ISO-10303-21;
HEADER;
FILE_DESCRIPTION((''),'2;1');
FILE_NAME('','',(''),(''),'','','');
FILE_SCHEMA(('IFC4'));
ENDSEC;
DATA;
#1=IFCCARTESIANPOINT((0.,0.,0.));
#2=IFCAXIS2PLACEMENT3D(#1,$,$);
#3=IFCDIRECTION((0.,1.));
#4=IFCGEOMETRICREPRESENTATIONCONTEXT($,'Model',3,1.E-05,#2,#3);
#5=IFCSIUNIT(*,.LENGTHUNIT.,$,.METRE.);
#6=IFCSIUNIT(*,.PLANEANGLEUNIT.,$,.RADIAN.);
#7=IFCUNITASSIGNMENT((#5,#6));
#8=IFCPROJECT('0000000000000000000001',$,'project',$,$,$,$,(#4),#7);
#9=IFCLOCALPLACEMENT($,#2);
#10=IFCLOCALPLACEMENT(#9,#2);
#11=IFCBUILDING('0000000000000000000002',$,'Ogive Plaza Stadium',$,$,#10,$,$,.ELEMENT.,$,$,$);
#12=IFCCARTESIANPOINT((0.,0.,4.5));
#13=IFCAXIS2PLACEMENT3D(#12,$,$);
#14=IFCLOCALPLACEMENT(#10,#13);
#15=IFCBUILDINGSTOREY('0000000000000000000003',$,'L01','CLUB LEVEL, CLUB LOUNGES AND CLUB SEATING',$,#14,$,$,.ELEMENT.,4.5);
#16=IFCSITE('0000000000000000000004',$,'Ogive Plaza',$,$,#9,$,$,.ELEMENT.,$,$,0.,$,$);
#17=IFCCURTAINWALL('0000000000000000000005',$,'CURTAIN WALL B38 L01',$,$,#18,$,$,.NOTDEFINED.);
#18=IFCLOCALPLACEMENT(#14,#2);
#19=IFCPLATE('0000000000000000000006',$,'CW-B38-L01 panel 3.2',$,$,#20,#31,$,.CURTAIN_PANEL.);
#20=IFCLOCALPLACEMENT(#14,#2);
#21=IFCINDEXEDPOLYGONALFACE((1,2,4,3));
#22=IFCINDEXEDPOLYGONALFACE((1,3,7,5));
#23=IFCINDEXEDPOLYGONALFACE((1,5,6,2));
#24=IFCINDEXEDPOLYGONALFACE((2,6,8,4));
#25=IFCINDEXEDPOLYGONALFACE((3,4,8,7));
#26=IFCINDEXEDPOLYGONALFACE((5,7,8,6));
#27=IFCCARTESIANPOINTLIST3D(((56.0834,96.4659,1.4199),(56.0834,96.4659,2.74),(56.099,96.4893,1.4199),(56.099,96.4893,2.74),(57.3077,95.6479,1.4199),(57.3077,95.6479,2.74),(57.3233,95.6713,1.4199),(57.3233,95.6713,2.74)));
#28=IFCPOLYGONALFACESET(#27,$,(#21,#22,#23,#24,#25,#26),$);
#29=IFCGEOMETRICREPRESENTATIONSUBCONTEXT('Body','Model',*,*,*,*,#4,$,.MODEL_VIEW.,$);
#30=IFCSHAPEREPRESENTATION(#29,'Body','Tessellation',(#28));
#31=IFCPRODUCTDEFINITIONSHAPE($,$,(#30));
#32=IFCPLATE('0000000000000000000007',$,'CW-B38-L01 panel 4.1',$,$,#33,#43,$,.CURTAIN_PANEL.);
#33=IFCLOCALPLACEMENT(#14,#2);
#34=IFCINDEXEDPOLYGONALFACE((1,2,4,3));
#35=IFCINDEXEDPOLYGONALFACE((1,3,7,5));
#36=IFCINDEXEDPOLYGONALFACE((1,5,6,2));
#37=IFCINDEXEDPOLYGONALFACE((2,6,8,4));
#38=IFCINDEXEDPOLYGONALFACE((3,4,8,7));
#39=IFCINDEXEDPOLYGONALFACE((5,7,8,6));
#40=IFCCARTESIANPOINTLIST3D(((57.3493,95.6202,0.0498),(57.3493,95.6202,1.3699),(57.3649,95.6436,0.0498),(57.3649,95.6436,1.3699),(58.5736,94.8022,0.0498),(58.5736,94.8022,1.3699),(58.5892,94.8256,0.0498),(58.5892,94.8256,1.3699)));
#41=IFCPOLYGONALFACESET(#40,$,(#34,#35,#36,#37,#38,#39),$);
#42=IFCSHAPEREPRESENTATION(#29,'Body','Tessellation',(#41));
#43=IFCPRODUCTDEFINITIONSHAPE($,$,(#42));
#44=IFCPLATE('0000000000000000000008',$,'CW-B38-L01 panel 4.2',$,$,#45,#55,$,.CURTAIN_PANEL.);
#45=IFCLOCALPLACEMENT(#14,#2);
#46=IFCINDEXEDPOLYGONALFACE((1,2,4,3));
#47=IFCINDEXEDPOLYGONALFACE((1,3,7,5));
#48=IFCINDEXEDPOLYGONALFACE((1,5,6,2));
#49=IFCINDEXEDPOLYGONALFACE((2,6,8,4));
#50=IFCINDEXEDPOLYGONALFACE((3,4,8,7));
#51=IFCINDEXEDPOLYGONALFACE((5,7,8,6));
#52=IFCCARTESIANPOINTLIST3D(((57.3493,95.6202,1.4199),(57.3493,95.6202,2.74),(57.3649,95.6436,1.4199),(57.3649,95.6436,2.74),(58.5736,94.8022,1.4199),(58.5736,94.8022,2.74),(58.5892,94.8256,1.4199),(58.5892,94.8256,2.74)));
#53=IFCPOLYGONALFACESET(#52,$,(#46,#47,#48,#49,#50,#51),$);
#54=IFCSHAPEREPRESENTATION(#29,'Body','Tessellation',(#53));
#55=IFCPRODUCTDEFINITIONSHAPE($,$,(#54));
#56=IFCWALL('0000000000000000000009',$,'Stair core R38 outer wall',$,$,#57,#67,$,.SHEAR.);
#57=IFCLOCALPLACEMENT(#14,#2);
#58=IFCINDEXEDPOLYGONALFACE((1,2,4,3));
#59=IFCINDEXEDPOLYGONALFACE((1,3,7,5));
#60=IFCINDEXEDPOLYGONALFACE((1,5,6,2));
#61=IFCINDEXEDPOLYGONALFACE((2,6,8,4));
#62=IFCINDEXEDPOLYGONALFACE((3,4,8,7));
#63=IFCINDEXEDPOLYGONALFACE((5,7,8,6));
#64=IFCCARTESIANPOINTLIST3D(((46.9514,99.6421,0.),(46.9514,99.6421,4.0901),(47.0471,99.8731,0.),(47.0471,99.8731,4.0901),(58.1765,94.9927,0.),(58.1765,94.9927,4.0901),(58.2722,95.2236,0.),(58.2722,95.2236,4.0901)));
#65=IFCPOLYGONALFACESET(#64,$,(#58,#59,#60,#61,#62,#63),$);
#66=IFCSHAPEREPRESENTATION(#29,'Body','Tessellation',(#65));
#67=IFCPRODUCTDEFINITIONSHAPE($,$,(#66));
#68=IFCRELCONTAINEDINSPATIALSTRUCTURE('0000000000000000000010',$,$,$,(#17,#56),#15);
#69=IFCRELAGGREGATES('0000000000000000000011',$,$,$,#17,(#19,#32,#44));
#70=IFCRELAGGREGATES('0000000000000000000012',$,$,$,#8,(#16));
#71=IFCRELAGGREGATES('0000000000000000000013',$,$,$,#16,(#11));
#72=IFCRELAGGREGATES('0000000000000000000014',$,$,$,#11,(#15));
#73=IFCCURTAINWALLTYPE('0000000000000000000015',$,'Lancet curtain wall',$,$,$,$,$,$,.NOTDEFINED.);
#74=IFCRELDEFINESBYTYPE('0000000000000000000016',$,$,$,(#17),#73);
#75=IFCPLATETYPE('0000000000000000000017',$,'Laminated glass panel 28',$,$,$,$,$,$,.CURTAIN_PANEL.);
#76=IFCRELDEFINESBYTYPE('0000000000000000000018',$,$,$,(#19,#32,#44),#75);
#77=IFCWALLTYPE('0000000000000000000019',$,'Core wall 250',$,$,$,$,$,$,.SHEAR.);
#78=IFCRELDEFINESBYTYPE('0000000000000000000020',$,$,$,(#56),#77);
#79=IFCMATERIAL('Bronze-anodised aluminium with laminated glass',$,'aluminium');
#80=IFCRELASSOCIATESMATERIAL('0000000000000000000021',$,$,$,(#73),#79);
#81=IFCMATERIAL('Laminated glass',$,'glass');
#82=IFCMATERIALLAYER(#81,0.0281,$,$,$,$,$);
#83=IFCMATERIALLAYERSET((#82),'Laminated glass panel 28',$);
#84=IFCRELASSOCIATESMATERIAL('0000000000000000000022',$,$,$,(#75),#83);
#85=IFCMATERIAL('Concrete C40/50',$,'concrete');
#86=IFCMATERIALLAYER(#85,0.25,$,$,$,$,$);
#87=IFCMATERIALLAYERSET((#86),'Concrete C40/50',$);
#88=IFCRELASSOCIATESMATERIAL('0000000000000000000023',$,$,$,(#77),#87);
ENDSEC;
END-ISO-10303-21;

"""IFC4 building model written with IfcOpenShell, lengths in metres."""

from ifc_helpers import new_model, si_unit, direction, frame, frame_2d, origin, origin_2d, place, context, subcontext, project, spatial, rectangle, extrude, material, layer, layer_set, type_object, element, aggregate, save


model = new_model("IFC4")

# Units and contexts
model_context = context("Model", 3, precision=1e-05, world=origin(), true_north=direction((0.0, 1.0)))
body_context = subcontext(model_context, "Body", "Model", "MODEL_VIEW")
ifc_project = project(units=[si_unit("LENGTHUNIT", "METRE"), si_unit("PLANEANGLEUNIT", "RADIAN")], contexts=[model_context])

# Site, building, storey
site_placement = place(None, origin())
site = spatial("IfcSite", under=ifc_project, at=site_placement, Name="Ogive Plaza", CompositionType="ELEMENT", RefElevation=0.0)
building_placement = place(site_placement, origin())
building = spatial("IfcBuilding", under=site, at=building_placement, Name="Ogive Plaza Stadium", CompositionType="ELEMENT")
storey_placement = place(building_placement, frame((0.0, 0.0, 4.5)))
storey = spatial("IfcBuildingStorey", under=building, at=storey_placement, Name="L01", Description="CLUB LEVEL, CLUB LOUNGES AND CLUB SEATING", CompositionType="ELEMENT", Elevation=4.5)

# Shared definitions
ifc_material_1 = material(Name="Bronze-anodised aluminium with laminated glass", Category="aluminium")
curtain_wall_type = type_object("IfcCurtainWallType", Name="Lancet curtain wall", PredefinedType="NOTDEFINED", material=ifc_material_1)

# Curtain wall
curtain_wall_1_placement = place(storey_placement, origin())
curtain_wall_1 = element("IfcCurtainWall", 1, at=curtain_wall_1_placement, inside=storey, type_object=curtain_wall_type, Name="CURTAIN WALL B38 L01", PredefinedType="NOTDEFINED")

# Plates
ifc_material_2 = material(Name="Laminated glass", Category="glass")
ifc_layer_1 = layer(ifc_material_2, 0.0281)
ifc_layer_set_1 = layer_set([ifc_layer_1], Name="Laminated glass panel 28")
plate_type = type_object("IfcPlateType", Name="Laminated glass panel 28", PredefinedType="CURTAIN_PANEL", material=ifc_layer_set_1)
plate_1_placement = place(storey_placement, frame((56.7034, 96.0686, 1.4199), z_axis=(0.0, 0.0, 1.0), x_axis=(0.83147, -0.55557, 0.0)))
plate_1 = element("IfcPlate", 2, at=plate_1_placement, type_object=plate_type, Name="CW-B38-L01 panel 3.2", PredefinedType="CURTAIN_PANEL", context=body_context, shape_type="SweptSolid", body=[
    extrude(rectangle(XDim=1.4724, YDim=0.0281, at=origin_2d()), origin(), (0.0, 0.0, 1.0), 1.3201),
])
plate_2_placement = place(storey_placement, frame((57.9692, 95.2229, 0.0498), z_axis=(0.0, 0.0, 1.0), x_axis=(0.83147, -0.55557, 0.0)))
plate_2 = element("IfcPlate", 3, at=plate_2_placement, type_object=plate_type, Name="CW-B38-L01 panel 4.1", PredefinedType="CURTAIN_PANEL", context=body_context, shape_type="SweptSolid", body=[
    extrude(rectangle(XDim=1.4724, YDim=0.0281, at=origin_2d()), origin(), (0.0, 0.0, 1.0), 1.3201),
])
plate_3_placement = place(storey_placement, frame((57.9692, 95.2229, 1.4199), z_axis=(0.0, 0.0, 1.0), x_axis=(0.83147, -0.55557, 0.0)))
plate_3 = element("IfcPlate", 4, at=plate_3_placement, type_object=plate_type, Name="CW-B38-L01 panel 4.2", PredefinedType="CURTAIN_PANEL", context=body_context, shape_type="SweptSolid", body=[
    extrude(rectangle(XDim=1.4724, YDim=0.0281, at=origin_2d()), origin(), (0.0, 0.0, 1.0), 1.3201),
])
aggregate(curtain_wall_1, [plate_1, plate_2, plate_3])

# Wall
ifc_material_3 = material(Name="Concrete C40/50", Category="concrete")
ifc_layer_2 = layer(ifc_material_3, 0.25)
ifc_layer_set_2 = layer_set([ifc_layer_2], Name="Concrete C40/50")
wall_type = type_object("IfcWallType", Name="Core wall 250", PredefinedType="SHEAR", material=ifc_layer_set_2)
wall_placement = place(storey_placement, frame((58.2244, 95.1082, 0.0), z_axis=(0.0, 0.0, 1.0), x_axis=(-0.923885, 0.382671, 0.0)))
element("IfcWall", 5, at=wall_placement, inside=storey, type_object=wall_type, Name="Stair core R38 outer wall", PredefinedType="SHEAR", context=body_context, shape_type="SweptSolid", body=[
    extrude(rectangle(XDim=12.1499, YDim=0.25, at=frame_2d((6.075, 0.0))), origin(), (0.0, 0.0, 1.0), 4.0901),
])

save(model, "model.ifc")
